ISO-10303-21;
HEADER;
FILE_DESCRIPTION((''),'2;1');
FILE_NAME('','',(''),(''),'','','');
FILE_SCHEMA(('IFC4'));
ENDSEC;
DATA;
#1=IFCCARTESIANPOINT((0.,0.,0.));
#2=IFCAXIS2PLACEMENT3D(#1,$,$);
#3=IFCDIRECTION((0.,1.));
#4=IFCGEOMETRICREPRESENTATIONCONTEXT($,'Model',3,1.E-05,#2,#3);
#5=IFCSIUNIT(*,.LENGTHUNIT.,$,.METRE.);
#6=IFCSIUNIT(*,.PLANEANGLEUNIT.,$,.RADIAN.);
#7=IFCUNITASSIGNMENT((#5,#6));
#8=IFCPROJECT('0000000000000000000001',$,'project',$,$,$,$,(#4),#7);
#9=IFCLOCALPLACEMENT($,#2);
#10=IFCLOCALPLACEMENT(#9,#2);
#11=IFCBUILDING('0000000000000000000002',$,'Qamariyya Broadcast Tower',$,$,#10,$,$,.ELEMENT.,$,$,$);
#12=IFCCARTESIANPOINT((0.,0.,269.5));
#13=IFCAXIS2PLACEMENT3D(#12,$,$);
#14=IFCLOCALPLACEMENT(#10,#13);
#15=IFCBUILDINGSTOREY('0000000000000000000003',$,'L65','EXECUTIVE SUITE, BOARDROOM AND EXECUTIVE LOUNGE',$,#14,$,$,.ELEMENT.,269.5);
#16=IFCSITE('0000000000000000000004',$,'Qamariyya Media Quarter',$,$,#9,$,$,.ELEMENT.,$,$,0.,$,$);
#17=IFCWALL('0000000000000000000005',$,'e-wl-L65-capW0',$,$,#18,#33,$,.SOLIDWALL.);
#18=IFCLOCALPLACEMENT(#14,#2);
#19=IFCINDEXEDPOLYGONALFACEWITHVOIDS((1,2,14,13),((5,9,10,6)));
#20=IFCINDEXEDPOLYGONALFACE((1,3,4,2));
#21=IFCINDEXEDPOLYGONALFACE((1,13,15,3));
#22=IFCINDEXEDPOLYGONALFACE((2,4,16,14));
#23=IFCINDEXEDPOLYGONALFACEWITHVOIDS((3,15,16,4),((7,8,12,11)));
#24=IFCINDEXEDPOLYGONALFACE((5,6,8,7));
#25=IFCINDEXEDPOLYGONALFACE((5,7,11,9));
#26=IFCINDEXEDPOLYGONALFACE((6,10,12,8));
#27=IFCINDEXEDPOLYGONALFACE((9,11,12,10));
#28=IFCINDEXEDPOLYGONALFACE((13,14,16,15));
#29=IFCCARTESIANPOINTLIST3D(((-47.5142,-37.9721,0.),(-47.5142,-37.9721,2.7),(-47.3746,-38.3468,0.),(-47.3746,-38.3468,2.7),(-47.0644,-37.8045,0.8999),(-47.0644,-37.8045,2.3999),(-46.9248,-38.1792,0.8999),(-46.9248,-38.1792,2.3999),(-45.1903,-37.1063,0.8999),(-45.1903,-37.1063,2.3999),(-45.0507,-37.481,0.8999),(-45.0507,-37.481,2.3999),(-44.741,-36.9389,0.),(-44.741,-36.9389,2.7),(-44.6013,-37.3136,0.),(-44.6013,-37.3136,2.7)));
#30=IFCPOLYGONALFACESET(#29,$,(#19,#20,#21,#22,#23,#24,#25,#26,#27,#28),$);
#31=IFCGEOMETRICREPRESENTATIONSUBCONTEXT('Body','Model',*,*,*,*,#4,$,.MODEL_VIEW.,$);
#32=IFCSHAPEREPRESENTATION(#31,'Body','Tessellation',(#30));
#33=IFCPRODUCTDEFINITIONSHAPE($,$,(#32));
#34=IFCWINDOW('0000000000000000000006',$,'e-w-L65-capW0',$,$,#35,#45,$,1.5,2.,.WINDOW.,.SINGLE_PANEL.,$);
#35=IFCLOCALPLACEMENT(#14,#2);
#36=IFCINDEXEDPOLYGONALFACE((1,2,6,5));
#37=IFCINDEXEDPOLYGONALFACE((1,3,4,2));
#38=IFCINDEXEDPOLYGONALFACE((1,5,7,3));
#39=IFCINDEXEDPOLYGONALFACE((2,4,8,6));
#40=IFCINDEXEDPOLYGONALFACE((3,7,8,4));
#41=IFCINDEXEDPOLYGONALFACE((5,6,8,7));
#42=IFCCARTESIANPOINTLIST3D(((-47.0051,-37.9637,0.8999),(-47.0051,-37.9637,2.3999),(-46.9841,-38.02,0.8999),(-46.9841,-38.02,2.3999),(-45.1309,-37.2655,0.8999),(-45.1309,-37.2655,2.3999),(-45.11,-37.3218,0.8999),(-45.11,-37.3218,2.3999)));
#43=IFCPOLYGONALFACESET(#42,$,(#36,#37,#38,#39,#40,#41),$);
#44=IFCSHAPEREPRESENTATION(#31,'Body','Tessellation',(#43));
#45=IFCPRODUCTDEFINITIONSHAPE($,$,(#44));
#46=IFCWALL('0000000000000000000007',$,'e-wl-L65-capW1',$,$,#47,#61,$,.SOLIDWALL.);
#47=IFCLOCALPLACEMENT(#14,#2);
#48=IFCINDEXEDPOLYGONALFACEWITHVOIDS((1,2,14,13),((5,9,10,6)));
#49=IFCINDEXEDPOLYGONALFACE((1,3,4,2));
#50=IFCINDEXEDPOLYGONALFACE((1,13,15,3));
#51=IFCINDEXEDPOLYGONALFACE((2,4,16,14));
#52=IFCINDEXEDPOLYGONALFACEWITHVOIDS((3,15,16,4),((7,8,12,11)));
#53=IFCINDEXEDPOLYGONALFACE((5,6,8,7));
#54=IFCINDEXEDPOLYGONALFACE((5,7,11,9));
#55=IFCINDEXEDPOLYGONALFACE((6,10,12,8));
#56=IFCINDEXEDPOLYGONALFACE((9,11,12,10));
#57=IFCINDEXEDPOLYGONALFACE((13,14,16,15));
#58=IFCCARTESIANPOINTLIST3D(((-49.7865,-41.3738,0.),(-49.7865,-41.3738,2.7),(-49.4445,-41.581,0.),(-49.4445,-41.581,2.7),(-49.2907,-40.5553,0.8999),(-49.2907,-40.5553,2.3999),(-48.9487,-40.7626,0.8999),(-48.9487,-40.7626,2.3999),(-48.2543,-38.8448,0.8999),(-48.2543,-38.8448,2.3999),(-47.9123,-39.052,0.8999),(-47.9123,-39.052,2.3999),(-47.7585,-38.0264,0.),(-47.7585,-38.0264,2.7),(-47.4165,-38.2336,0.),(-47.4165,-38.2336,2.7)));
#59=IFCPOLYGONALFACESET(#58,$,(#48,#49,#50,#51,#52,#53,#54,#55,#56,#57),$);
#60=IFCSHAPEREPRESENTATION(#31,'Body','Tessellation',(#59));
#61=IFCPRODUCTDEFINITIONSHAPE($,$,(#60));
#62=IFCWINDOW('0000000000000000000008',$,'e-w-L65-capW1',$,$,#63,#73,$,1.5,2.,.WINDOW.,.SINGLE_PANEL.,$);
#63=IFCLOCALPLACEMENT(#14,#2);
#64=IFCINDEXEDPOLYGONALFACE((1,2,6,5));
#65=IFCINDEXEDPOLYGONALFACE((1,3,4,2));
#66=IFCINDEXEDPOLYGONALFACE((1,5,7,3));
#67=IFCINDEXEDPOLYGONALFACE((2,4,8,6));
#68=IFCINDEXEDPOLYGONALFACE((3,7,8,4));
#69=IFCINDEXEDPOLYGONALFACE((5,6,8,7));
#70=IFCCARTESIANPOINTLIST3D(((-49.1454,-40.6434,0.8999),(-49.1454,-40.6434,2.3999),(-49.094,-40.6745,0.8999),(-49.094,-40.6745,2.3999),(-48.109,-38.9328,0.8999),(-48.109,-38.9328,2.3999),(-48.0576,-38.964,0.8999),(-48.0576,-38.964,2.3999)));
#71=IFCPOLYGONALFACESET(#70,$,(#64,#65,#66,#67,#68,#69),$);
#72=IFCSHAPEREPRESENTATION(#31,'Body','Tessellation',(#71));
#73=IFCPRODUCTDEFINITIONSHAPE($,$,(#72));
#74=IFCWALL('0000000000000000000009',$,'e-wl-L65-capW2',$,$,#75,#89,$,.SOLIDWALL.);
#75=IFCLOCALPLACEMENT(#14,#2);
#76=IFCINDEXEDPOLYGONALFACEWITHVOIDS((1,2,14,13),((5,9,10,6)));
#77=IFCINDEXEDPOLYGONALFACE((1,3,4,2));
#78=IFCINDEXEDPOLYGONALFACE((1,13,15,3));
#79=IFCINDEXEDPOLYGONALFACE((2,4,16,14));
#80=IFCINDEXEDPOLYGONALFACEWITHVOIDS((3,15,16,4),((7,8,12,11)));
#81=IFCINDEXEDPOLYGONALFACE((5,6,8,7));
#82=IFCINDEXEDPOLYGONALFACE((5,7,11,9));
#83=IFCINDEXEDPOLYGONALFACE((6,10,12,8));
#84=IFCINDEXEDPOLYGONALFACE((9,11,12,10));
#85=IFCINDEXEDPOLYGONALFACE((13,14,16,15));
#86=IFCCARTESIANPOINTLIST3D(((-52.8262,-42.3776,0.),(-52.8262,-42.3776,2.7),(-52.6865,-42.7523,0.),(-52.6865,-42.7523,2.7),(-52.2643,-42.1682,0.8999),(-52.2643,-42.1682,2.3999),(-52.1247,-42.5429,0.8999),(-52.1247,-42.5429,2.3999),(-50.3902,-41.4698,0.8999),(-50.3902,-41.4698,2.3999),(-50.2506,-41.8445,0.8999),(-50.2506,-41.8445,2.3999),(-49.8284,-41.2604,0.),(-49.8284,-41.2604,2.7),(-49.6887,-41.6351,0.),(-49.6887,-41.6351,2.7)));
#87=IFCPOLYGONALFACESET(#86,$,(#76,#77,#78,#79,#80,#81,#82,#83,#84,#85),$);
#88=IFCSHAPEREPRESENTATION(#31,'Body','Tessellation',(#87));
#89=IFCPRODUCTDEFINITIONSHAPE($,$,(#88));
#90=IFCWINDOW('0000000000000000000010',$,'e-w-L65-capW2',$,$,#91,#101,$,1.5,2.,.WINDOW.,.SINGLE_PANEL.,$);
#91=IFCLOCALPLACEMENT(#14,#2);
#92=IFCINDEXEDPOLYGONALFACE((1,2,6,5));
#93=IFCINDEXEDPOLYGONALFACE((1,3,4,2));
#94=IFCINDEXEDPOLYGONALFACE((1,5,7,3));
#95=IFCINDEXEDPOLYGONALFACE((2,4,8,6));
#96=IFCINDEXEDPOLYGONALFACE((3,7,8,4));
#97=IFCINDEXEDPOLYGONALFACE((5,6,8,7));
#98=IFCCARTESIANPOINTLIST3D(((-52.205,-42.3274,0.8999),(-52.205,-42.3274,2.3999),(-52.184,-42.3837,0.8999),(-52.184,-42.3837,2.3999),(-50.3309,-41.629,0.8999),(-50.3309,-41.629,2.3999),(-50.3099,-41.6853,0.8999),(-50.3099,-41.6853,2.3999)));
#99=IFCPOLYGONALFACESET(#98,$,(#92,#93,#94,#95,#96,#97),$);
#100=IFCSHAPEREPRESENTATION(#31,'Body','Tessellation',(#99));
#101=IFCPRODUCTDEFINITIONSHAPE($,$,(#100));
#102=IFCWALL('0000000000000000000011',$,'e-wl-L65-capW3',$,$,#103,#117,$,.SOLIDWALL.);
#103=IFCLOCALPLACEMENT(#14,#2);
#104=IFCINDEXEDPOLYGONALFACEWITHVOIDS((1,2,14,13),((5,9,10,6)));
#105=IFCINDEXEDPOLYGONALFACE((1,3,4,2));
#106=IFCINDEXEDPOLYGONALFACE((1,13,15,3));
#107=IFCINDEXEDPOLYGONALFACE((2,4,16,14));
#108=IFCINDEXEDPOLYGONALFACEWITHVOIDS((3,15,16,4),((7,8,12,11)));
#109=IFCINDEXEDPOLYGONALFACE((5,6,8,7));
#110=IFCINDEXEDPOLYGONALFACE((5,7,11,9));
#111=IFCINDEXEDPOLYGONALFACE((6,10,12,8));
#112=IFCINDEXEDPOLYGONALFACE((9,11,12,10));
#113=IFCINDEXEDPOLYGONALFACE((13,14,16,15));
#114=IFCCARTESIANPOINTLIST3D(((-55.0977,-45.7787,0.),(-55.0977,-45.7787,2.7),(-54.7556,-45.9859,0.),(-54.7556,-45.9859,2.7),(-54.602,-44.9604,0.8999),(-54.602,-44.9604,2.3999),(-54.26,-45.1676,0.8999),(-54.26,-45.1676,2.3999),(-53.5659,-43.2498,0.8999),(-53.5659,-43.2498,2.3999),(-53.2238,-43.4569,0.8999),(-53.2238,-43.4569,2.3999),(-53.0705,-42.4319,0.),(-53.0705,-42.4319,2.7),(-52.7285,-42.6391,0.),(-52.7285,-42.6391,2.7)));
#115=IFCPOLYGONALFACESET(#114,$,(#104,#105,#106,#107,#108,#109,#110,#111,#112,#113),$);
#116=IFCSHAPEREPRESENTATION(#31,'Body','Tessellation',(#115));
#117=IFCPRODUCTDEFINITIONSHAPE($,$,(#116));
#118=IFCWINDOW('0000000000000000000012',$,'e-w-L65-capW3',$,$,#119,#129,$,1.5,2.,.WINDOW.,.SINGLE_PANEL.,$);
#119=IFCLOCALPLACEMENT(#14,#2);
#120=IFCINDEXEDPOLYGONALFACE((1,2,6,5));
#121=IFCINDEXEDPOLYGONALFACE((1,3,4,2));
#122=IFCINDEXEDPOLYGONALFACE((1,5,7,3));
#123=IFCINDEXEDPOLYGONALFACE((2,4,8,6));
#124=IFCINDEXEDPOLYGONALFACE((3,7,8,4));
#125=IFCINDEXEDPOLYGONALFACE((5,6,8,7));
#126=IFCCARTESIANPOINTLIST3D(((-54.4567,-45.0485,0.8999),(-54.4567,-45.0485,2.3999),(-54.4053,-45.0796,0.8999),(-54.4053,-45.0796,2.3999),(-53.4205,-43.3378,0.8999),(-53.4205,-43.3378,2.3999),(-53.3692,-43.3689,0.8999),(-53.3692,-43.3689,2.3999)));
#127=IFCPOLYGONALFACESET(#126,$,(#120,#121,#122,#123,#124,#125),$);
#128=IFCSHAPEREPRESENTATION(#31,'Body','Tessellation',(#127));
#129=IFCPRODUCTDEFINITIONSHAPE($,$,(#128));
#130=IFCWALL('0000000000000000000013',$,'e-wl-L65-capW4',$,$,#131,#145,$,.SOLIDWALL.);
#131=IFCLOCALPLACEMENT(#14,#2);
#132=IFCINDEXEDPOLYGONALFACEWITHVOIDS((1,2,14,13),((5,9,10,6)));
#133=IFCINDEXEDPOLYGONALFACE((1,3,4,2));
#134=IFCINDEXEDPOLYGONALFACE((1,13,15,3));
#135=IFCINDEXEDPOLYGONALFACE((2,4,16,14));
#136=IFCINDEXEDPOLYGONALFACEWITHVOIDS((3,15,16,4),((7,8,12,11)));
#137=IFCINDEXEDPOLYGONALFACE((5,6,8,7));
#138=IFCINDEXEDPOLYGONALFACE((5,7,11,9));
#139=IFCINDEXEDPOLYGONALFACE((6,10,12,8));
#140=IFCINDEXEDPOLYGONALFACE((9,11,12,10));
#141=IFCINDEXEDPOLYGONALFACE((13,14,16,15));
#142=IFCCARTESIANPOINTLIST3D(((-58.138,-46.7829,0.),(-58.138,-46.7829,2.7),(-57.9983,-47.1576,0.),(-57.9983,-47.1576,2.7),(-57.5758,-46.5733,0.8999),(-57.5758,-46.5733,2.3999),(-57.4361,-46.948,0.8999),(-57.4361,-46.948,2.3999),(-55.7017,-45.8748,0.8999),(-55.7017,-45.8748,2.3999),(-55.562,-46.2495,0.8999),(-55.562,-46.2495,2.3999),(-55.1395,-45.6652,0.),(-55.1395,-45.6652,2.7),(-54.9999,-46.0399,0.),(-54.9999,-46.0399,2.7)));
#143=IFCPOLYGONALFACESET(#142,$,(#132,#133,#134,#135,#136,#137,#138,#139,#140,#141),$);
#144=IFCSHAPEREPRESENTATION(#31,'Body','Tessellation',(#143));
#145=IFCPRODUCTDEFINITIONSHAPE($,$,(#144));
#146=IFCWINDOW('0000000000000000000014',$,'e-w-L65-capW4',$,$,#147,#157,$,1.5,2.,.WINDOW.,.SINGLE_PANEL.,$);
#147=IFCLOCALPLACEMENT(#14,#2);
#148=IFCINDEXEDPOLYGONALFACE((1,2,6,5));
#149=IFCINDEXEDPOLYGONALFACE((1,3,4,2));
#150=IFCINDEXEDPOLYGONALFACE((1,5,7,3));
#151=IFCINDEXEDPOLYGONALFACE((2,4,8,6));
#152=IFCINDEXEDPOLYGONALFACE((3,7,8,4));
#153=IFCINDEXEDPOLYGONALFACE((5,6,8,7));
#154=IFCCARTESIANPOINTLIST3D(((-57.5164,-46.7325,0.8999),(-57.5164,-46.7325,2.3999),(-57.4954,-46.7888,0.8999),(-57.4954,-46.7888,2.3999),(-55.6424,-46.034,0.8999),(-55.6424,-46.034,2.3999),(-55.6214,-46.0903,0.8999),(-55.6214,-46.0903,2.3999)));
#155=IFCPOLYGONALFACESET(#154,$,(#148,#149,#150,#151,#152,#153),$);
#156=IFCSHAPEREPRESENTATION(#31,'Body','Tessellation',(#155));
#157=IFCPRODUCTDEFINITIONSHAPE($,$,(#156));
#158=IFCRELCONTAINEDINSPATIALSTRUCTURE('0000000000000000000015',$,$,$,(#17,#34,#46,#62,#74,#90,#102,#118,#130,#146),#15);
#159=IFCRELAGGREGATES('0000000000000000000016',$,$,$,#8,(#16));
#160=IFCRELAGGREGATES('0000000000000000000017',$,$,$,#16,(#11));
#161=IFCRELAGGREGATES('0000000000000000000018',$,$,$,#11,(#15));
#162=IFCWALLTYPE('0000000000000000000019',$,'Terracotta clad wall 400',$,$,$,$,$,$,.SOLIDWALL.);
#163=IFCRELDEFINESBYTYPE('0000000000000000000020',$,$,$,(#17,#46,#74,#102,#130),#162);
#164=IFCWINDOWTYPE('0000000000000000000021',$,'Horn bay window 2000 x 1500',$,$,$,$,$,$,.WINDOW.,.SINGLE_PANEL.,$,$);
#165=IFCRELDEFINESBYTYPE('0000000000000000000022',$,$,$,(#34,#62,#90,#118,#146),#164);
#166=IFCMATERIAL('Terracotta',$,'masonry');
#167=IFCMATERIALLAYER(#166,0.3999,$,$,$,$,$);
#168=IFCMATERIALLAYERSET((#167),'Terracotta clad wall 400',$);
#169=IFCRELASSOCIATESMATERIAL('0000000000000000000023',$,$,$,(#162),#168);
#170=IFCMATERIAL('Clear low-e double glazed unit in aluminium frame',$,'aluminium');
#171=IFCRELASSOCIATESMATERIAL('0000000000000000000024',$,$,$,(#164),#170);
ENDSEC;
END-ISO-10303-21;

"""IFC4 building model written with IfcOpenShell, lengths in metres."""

from ifc_helpers import new_model, si_unit, direction, frame, frame_2d, origin, place, context, subcontext, project, spatial, rectangle, extrude, material, layer, layer_set, type_object, element, fill, save


model = new_model("IFC4")

# Units and contexts
model_context = context("Model", 3, precision=1e-05, world=origin(), true_north=direction((0.0, 1.0)))
body_context = subcontext(model_context, "Body", "Model", "MODEL_VIEW")
ifc_project = project(units=[si_unit("LENGTHUNIT", "METRE"), si_unit("PLANEANGLEUNIT", "RADIAN")], contexts=[model_context])

# Site, building, storey
site_placement = place(None, origin())
site = spatial("IfcSite", under=ifc_project, at=site_placement, Name="Qamariyya Media Quarter", CompositionType="ELEMENT", RefElevation=0.0)
building_placement = place(site_placement, origin())
building = spatial("IfcBuilding", under=site, at=building_placement, Name="Qamariyya Broadcast Tower", CompositionType="ELEMENT")
storey_placement = place(building_placement, frame((0.0, 0.0, 269.5)))
storey = spatial("IfcBuildingStorey", under=building, at=storey_placement, Name="L65", Description="EXECUTIVE SUITE, BOARDROOM AND EXECUTIVE LOUNGE", CompositionType="ELEMENT", Elevation=269.5)

# Walls, openings, windows
ifc_material_1 = material(Name="Terracotta", Category="masonry")
ifc_layer_1 = layer(ifc_material_1, 0.3999)
ifc_layer_set_1 = layer_set([ifc_layer_1], Name="Terracotta clad wall 400")
wall_type_1 = type_object("IfcWallType", Name="Terracotta clad wall 400", PredefinedType="SOLIDWALL", material=ifc_layer_set_1)
wall_1_placement = place(storey_placement, frame((-44.6711, -37.1262, 0.0), z_axis=(0.0, 0.0, 1.0), x_axis=(-0.937076, -0.349125, 0.0)))
wall_1 = element("IfcWall", 1, at=wall_1_placement, inside=storey, type_object=wall_type_1, Name="e-wl-L65-capW0", PredefinedType="SOLIDWALL", context=body_context, shape_type="SweptSolid", body=[
    extrude(rectangle(XDim=2.9595, YDim=0.3999, at=frame_2d((1.4797, 0.0))), origin(), (0.0, 0.0, 1.0), 2.7),
])
opening_1_placement = place(wall_1_placement, frame((0.4795, 0.0, 0.8999)))
opening_1 = element("IfcOpeningElement", 2, at=opening_1_placement, cuts=wall_1, PredefinedType="OPENING", context=body_context, shape_type="SweptSolid", body=[
    extrude(rectangle(XDim=2.0, YDim=1.5, at=frame_2d((1.0, 0.75))), frame((0.0, 0.21, 0.0), z_axis=(0.0, -1.0, 0.0), x_axis=(1.0, 0.0, 0.0)), (0.0, 0.0, 1.0), 0.4199),
])
ifc_material_2 = material(Name="Clear low-e double glazed unit in aluminium frame", Category="aluminium")
window_type = type_object("IfcWindowType", Name="Horn bay window 2000 x 1500", PartitioningType="SINGLE_PANEL", PredefinedType="WINDOW", material=ifc_material_2)
window_1_placement = place(opening_1_placement, origin())
window_1 = element("IfcWindow", 3, at=window_1_placement, inside=storey, type_object=window_type, Name="e-w-L65-capW0", OverallHeight=1.5, OverallWidth=2.0, PartitioningType="SINGLE_PANEL", PredefinedType="WINDOW", context=body_context, shape_type="SweptSolid", body=[
    extrude(rectangle(XDim=2.0, YDim=1.5, at=frame_2d((1.0, 0.75))), frame((0.0, 0.03, 0.0), z_axis=(0.0, -1.0, 0.0), x_axis=(1.0, 0.0, 0.0)), (0.0, 0.0, 1.0), 0.0601),
])
fill(opening_1, window_1)
wall_2_placement = place(storey_placement, frame((-47.5874, -38.1299, 0.0), z_axis=(0.0, 0.0, 1.0), x_axis=(-0.518179, -0.855272, 0.0)))
wall_2 = element("IfcWall", 4, at=wall_2_placement, inside=storey, type_object=wall_type_1, Name="e-wl-L65-capW1", PredefinedType="SOLIDWALL", context=body_context, shape_type="SweptSolid", body=[
    extrude(rectangle(XDim=3.9138, YDim=0.3999, at=frame_2d((1.957, 0.0))), origin(), (0.0, 0.0, 1.0), 2.7),
])
opening_2_placement = place(wall_2_placement, frame((0.957, 0.0, 0.8999)))
opening_2 = element("IfcOpeningElement", 5, at=opening_2_placement, cuts=wall_2, PredefinedType="OPENING", context=body_context, shape_type="SweptSolid", body=[
    extrude(rectangle(XDim=2.0, YDim=1.5, at=frame_2d((1.0, 0.75))), frame((0.0, 0.21, 0.0), z_axis=(0.0, -1.0, 0.0), x_axis=(1.0, 0.0, 0.0)), (0.0, 0.0, 1.0), 0.4199),
])
window_2_placement = place(opening_2_placement, origin())
window_2 = element("IfcWindow", 6, at=window_2_placement, inside=storey, type_object=window_type, Name="e-w-L65-capW1", OverallHeight=1.5, OverallWidth=2.0, PartitioningType="SINGLE_PANEL", PredefinedType="WINDOW", context=body_context, shape_type="SweptSolid", body=[
    extrude(rectangle(XDim=2.0, YDim=1.5, at=frame_2d((1.0, 0.75))), frame((0.0, 0.03, 0.0), z_axis=(0.0, -1.0, 0.0), x_axis=(1.0, 0.0, 0.0)), (0.0, 0.0, 1.0), 0.0601),
])
fill(opening_2, window_2)
wall_3_placement = place(storey_placement, frame((-49.7585, -41.4478, 0.0), z_axis=(0.0, 0.0, 1.0), x_axis=(-0.937045, -0.349208, 0.0)))
wall_3 = element("IfcWall", 7, at=wall_3_placement, inside=storey, type_object=wall_type_1, Name="e-wl-L65-capW2", PredefinedType="SOLIDWALL", context=body_context, shape_type="SweptSolid", body=[
    extrude(rectangle(XDim=3.1992, YDim=0.3999, at=frame_2d((1.5996, 0.0))), origin(), (0.0, 0.0, 1.0), 2.7),
])
opening_3_placement = place(wall_3_placement, frame((0.5996, 0.0, 0.8999)))
opening_3 = element("IfcOpeningElement", 8, at=opening_3_placement, cuts=wall_3, PredefinedType="OPENING", context=body_context, shape_type="SweptSolid", body=[
    extrude(rectangle(XDim=2.0, YDim=1.5, at=frame_2d((1.0, 0.75))), frame((0.0, 0.21, 0.0), z_axis=(0.0, -1.0, 0.0), x_axis=(1.0, 0.0, 0.0)), (0.0, 0.0, 1.0), 0.4199),
])
window_3_placement = place(opening_3_placement, origin())
window_3 = element("IfcWindow", 9, at=window_3_placement, inside=storey, type_object=window_type, Name="e-w-L65-capW2", OverallHeight=1.5, OverallWidth=2.0, PartitioningType="SINGLE_PANEL", PredefinedType="WINDOW", context=body_context, shape_type="SweptSolid", body=[
    extrude(rectangle(XDim=2.0, YDim=1.5, at=frame_2d((1.0, 0.75))), frame((0.0, 0.03, 0.0), z_axis=(0.0, -1.0, 0.0), x_axis=(1.0, 0.0, 0.0)), (0.0, 0.0, 1.0), 0.0601),
])
fill(opening_3, window_3)
wall_4_placement = place(storey_placement, frame((-52.8994, -42.5354, 0.0), z_axis=(0.0, 0.0, 1.0), x_axis=(-0.518079, -0.855333, 0.0)))
wall_4 = element("IfcWall", 10, at=wall_4_placement, inside=storey, type_object=wall_type_1, Name="e-wl-L65-capW3", PredefinedType="SOLIDWALL", context=body_context, shape_type="SweptSolid", body=[
    extrude(rectangle(XDim=3.9128, YDim=0.3999, at=frame_2d((1.9565, 0.0))), origin(), (0.0, 0.0, 1.0), 2.7),
])
opening_4_placement = place(wall_4_placement, frame((0.9563, 0.0, 0.8999)))
opening_4 = element("IfcOpeningElement", 11, at=opening_4_placement, cuts=wall_4, PredefinedType="OPENING", context=body_context, shape_type="SweptSolid", body=[
    extrude(rectangle(XDim=2.0, YDim=1.5, at=frame_2d((1.0, 0.75))), frame((0.0, 0.21, 0.0), z_axis=(0.0, -1.0, 0.0), x_axis=(1.0, 0.0, 0.0)), (0.0, 0.0, 1.0), 0.4199),
])
window_4_placement = place(opening_4_placement, origin())
window_4 = element("IfcWindow", 12, at=window_4_placement, inside=storey, type_object=window_type, Name="e-w-L65-capW3", OverallHeight=1.5, OverallWidth=2.0, PartitioningType="SINGLE_PANEL", PredefinedType="WINDOW", context=body_context, shape_type="SweptSolid", body=[
    extrude(rectangle(XDim=2.0, YDim=1.5, at=frame_2d((1.0, 0.75))), frame((0.0, 0.03, 0.0), z_axis=(0.0, -1.0, 0.0), x_axis=(1.0, 0.0, 0.0)), (0.0, 0.0, 1.0), 0.0601),
])
fill(opening_4, window_4)
wall_5_placement = place(storey_placement, frame((-55.0696, -45.8525, 0.0), z_axis=(0.0, 0.0, 1.0), x_axis=(-0.937023, -0.349267, 0.0)))
wall_5 = element("IfcWall", 13, at=wall_5_placement, inside=storey, type_object=wall_type_1, Name="e-wl-L65-capW4", PredefinedType="SOLIDWALL", context=body_context, shape_type="SweptSolid", body=[
    extrude(rectangle(XDim=3.2, YDim=0.3999, at=frame_2d((1.6001, 0.0))), origin(), (0.0, 0.0, 1.0), 2.7),
])
opening_5_placement = place(wall_5_placement, frame((0.6001, 0.0, 0.8999)))
opening_5 = element("IfcOpeningElement", 14, at=opening_5_placement, cuts=wall_5, PredefinedType="OPENING", context=body_context, shape_type="SweptSolid", body=[
    extrude(rectangle(XDim=2.0, YDim=1.5, at=frame_2d((1.0, 0.75))), frame((0.0, 0.21, 0.0), z_axis=(0.0, -1.0, 0.0), x_axis=(1.0, 0.0, 0.0)), (0.0, 0.0, 1.0), 0.4199),
])
window_5_placement = place(opening_5_placement, origin())
window_5 = element("IfcWindow", 15, at=window_5_placement, inside=storey, type_object=window_type, Name="e-w-L65-capW4", OverallHeight=1.5, OverallWidth=2.0, PartitioningType="SINGLE_PANEL", PredefinedType="WINDOW", context=body_context, shape_type="SweptSolid", body=[
    extrude(rectangle(XDim=2.0, YDim=1.5, at=frame_2d((1.0, 0.75))), frame((0.0, 0.03, 0.0), z_axis=(0.0, -1.0, 0.0), x_axis=(1.0, 0.0, 0.0)), (0.0, 0.0, 1.0), 0.0601),
])
fill(opening_5, window_5)

save(model, "model.ifc")
